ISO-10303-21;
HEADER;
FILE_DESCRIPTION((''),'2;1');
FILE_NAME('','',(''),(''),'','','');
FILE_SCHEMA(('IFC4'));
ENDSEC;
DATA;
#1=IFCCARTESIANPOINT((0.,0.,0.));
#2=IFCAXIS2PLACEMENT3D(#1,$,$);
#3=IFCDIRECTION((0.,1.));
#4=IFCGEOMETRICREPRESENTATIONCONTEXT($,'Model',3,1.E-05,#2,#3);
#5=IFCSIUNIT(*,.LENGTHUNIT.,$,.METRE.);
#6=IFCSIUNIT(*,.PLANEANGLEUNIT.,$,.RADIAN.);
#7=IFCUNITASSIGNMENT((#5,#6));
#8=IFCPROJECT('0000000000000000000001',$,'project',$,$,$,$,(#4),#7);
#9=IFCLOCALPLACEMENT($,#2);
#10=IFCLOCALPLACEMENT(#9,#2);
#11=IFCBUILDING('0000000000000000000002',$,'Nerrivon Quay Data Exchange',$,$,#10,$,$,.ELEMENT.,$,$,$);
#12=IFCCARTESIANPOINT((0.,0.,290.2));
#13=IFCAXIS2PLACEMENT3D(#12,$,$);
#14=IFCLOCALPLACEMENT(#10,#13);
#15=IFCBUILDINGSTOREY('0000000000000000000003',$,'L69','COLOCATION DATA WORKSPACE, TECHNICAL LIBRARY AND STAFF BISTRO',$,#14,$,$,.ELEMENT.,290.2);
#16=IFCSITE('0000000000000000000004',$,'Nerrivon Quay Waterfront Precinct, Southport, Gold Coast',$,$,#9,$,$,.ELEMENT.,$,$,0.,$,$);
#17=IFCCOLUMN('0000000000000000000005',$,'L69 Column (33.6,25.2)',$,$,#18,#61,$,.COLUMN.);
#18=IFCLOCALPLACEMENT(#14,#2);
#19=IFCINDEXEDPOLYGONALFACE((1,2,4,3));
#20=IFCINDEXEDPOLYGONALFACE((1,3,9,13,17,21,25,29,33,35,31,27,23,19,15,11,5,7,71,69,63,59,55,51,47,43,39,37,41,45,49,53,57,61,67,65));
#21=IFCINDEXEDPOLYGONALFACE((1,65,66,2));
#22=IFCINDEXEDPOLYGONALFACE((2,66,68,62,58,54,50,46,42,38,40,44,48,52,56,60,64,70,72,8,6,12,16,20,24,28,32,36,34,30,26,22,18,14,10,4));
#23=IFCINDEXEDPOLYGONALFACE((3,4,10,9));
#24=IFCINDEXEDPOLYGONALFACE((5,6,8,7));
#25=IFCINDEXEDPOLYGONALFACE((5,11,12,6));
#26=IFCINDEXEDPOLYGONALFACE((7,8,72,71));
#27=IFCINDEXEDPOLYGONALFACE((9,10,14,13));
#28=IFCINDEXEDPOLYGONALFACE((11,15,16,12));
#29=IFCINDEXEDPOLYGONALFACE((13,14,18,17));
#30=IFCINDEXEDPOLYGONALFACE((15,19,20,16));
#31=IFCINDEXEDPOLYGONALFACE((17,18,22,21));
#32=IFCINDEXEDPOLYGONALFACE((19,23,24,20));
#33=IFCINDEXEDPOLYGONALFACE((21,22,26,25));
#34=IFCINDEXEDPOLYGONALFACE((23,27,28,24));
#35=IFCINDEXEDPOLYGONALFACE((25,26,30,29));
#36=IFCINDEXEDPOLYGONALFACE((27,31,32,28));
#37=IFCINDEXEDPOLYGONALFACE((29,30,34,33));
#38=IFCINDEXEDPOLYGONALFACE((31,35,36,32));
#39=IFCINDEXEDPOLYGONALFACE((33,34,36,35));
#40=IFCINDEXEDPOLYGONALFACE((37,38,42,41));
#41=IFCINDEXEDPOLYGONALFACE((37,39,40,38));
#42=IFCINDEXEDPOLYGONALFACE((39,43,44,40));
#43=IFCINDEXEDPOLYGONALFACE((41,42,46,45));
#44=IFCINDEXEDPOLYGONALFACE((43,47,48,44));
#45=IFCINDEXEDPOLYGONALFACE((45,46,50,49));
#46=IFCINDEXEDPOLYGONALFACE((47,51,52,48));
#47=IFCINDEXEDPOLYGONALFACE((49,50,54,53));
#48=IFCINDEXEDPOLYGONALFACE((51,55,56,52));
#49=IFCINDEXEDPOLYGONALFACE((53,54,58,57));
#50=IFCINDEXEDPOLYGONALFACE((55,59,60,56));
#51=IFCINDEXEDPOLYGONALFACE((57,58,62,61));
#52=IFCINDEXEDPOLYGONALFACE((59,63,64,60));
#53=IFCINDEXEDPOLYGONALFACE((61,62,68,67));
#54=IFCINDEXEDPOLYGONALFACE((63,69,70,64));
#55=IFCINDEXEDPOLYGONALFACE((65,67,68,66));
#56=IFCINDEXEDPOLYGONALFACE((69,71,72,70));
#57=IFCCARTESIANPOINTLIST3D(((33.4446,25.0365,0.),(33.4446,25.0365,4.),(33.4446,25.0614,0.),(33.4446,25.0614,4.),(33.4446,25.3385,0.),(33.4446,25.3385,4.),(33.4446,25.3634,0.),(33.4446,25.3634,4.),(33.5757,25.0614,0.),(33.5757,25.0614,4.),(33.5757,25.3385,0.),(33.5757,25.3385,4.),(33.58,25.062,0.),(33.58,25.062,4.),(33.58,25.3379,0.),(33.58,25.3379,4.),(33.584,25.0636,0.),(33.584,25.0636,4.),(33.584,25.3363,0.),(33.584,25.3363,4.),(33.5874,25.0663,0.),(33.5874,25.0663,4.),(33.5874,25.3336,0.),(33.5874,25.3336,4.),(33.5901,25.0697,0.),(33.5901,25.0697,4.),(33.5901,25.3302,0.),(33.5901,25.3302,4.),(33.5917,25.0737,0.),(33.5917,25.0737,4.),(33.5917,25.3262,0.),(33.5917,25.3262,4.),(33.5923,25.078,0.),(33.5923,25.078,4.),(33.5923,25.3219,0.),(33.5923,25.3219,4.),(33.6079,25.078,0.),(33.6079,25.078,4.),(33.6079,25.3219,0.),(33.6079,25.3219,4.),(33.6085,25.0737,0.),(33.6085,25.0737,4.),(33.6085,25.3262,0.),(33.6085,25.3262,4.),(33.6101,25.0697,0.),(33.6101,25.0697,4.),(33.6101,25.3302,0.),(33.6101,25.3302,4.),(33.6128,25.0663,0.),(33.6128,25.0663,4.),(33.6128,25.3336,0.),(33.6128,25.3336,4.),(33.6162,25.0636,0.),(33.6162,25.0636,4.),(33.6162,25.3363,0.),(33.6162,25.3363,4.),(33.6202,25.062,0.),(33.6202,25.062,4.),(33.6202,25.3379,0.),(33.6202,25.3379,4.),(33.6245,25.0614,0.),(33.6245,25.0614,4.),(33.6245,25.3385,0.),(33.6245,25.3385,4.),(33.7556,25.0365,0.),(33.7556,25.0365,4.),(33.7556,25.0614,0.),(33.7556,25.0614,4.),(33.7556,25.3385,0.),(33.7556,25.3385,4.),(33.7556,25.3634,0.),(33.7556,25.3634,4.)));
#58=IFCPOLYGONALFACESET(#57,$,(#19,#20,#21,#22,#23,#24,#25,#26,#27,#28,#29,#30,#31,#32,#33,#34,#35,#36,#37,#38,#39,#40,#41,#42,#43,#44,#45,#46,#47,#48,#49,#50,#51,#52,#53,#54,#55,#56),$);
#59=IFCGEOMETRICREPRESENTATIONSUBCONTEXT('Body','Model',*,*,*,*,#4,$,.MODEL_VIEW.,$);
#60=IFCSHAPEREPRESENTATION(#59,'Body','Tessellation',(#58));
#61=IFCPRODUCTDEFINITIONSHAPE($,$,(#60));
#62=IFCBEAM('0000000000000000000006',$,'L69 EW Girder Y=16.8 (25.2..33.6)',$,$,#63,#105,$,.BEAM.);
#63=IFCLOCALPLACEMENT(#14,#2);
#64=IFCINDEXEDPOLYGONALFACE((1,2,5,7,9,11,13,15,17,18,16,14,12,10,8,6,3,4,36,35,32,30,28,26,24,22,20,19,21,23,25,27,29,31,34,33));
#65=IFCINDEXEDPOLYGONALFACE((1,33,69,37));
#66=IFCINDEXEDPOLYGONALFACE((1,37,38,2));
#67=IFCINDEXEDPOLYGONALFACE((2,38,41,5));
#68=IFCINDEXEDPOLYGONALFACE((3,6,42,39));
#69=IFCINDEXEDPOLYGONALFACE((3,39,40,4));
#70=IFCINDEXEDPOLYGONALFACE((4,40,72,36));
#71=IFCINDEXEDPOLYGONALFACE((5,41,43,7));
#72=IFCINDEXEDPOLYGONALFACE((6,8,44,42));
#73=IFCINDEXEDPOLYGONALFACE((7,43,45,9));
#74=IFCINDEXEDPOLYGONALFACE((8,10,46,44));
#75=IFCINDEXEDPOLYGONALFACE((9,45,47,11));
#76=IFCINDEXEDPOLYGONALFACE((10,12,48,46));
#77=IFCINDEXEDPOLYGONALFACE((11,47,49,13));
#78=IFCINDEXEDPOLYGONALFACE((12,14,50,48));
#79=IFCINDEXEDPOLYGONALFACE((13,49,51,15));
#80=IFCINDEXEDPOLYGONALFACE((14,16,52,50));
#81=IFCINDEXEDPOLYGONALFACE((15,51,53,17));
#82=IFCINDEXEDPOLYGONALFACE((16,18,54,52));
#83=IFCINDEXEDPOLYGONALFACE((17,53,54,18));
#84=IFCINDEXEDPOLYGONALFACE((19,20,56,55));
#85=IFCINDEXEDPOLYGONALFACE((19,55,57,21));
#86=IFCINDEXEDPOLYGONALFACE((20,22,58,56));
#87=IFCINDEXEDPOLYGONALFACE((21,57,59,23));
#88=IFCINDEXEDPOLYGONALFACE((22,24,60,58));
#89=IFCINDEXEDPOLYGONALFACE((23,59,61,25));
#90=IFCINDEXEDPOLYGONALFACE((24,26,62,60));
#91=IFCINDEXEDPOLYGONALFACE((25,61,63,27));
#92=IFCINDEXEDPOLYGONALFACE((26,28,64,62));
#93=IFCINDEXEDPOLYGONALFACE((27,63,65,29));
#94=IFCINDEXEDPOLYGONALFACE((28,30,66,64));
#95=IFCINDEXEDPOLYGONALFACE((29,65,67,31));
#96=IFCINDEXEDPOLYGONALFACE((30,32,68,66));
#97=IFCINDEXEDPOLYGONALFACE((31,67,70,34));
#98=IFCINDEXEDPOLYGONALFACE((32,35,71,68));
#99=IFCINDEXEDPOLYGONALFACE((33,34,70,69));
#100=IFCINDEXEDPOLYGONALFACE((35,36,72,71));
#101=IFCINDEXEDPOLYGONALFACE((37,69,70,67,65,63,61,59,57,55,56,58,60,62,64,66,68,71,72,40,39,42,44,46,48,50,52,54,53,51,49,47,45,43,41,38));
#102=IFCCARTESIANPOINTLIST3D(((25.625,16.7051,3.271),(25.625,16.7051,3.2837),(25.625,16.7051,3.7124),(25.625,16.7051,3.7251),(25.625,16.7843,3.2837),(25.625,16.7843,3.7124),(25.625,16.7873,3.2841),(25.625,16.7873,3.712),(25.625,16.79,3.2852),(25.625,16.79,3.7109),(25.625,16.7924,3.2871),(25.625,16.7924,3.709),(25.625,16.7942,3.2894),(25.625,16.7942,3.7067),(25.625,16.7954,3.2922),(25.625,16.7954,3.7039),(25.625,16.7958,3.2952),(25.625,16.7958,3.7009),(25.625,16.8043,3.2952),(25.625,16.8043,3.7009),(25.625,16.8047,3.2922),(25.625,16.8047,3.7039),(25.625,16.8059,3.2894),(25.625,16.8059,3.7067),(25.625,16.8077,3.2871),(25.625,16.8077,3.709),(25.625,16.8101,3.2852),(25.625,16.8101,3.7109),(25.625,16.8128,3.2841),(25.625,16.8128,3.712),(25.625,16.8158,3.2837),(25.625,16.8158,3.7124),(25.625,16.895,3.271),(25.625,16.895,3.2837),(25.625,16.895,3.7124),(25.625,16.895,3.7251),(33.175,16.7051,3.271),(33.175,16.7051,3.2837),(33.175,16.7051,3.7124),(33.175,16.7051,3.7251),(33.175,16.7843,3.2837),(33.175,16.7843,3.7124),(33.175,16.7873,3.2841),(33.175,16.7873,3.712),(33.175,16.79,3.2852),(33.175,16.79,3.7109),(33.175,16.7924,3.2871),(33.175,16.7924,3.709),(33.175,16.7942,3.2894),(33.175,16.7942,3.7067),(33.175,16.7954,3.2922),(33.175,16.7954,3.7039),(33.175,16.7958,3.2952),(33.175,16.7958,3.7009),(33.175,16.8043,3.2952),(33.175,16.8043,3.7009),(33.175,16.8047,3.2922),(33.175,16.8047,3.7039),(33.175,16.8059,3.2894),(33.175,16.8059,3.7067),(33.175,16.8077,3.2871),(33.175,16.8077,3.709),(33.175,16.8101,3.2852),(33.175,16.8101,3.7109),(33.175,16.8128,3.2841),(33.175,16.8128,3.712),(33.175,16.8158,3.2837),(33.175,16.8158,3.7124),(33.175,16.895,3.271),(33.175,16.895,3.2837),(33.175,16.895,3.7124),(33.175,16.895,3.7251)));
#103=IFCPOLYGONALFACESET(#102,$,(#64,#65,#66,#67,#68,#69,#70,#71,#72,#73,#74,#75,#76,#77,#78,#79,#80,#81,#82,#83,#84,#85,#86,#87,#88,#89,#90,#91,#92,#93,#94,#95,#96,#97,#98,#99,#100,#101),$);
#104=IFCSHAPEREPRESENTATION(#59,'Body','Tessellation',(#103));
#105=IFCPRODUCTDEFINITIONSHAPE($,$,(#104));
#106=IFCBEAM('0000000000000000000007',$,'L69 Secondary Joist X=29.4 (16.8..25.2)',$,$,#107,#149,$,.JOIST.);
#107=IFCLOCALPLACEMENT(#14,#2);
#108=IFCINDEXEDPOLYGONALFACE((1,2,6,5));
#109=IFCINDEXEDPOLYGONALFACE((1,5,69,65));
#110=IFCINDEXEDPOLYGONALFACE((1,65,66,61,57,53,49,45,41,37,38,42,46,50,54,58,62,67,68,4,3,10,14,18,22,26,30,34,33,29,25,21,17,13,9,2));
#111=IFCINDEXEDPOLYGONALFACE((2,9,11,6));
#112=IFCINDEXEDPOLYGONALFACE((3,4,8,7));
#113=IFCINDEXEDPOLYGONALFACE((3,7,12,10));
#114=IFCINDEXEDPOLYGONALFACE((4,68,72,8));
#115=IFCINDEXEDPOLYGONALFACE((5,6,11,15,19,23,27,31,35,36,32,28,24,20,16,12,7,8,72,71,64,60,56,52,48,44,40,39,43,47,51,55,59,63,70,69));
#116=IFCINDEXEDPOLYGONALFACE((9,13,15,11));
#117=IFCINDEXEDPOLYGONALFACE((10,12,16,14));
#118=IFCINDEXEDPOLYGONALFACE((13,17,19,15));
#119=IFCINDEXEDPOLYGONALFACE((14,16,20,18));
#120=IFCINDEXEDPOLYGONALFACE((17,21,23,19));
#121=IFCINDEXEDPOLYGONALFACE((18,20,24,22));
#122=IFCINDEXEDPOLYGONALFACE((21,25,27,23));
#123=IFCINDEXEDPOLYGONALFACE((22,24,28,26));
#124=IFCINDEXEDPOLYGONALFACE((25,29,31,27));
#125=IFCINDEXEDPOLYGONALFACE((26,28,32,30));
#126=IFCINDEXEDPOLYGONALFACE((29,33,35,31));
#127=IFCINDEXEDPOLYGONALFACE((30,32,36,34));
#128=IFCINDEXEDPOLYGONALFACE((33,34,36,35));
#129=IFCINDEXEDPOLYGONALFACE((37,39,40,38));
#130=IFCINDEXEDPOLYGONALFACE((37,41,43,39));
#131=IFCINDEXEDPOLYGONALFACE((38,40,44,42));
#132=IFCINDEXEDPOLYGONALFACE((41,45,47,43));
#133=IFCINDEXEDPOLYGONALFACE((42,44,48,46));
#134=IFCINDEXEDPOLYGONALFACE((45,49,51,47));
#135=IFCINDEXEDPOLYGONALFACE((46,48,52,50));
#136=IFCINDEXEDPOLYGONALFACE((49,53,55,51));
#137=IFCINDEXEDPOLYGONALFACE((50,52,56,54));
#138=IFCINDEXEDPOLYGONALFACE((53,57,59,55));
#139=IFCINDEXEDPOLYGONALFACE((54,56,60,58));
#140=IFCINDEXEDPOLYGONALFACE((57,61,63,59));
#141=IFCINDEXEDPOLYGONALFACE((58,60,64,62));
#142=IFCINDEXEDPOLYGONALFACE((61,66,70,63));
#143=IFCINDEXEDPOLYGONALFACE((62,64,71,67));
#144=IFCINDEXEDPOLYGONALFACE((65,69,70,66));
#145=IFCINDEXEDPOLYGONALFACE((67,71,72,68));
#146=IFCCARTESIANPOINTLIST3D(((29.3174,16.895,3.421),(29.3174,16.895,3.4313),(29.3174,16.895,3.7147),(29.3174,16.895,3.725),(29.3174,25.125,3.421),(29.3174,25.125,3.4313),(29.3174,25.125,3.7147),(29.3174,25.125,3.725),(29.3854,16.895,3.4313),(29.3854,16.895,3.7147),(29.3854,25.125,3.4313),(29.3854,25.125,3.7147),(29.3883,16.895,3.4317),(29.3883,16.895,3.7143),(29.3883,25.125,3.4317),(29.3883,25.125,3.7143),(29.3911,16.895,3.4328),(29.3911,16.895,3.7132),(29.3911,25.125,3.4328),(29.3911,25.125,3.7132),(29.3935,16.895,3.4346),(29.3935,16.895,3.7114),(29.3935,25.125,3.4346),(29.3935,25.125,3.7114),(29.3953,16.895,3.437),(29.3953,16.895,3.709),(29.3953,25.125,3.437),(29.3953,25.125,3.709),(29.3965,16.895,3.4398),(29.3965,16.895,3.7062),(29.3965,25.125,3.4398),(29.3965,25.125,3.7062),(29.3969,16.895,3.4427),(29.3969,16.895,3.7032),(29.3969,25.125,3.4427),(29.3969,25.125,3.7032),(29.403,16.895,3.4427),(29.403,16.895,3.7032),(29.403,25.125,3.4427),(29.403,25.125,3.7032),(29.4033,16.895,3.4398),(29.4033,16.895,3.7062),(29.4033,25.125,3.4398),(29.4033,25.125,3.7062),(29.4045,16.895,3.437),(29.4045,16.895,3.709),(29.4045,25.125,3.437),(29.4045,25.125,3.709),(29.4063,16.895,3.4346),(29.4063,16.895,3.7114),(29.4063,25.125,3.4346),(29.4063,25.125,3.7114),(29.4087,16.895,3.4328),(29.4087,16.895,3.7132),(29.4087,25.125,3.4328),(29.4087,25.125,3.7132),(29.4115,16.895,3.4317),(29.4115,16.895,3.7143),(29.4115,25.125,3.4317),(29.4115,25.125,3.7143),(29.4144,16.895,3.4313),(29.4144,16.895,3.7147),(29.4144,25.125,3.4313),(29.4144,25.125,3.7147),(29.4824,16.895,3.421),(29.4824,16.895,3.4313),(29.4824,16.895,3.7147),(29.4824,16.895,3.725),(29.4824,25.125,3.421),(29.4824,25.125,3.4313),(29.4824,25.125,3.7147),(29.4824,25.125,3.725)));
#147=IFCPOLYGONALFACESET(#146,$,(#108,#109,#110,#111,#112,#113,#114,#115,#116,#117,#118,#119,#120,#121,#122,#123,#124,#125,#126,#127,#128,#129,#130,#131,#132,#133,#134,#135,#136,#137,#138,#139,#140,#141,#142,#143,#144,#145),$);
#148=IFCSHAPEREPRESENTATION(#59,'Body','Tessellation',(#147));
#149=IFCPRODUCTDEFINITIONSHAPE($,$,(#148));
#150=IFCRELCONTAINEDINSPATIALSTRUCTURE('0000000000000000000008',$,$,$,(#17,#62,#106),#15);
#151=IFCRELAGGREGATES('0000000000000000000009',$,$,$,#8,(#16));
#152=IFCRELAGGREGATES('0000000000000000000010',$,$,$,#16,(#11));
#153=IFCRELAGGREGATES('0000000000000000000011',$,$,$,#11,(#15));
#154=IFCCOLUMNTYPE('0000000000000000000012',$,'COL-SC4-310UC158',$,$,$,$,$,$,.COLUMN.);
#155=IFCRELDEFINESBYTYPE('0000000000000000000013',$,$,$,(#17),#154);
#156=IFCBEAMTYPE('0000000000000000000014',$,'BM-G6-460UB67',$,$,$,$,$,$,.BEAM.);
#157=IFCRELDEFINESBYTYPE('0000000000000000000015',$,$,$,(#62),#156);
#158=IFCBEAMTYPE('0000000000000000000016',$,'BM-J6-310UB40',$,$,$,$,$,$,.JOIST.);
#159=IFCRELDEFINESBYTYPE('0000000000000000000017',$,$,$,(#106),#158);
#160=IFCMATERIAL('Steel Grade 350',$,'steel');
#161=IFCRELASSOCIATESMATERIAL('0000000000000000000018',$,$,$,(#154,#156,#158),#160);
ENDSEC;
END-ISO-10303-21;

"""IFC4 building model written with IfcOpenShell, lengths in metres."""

from ifc_helpers import new_model, si_unit, direction, frame, origin, origin_2d, place, context, subcontext, project, spatial, i_section, extrude, material, material_profile, profile_set, type_object, element, save


model = new_model("IFC4")

# Units and contexts
model_context = context("Model", 3, precision=1e-05, world=origin(), true_north=direction((0.0, 1.0)))
body_context = subcontext(model_context, "Body", "Model", "MODEL_VIEW")
ifc_project = project(units=[si_unit("LENGTHUNIT", "METRE"), si_unit("PLANEANGLEUNIT", "RADIAN")], contexts=[model_context])

# Site, building, storey
site_placement = place(None, origin())
site = spatial("IfcSite", under=ifc_project, at=site_placement, Name="Nerrivon Quay Waterfront Precinct, Southport, Gold Coast", CompositionType="ELEMENT", RefElevation=0.0)
building_placement = place(site_placement, origin())
building = spatial("IfcBuilding", under=site, at=building_placement, Name="Nerrivon Quay Data Exchange", CompositionType="ELEMENT")
storey_placement = place(building_placement, frame((0.0, 0.0, 290.2)))
storey = spatial("IfcBuildingStorey", under=building, at=storey_placement, Name="L69", Description="COLOCATION DATA WORKSPACE, TECHNICAL LIBRARY AND STAFF BISTRO", CompositionType="ELEMENT", Elevation=290.2)

# Column
ifc_material_1 = material(Name="Steel Grade 350", Category="steel")
ifc_material_profile_1 = material_profile(ifc_material_1, i_section(OverallWidth=0.311, OverallDepth=0.3269, WebThickness=0.0156, FlangeThickness=0.0249, FilletRadius=0.0166, at=origin_2d()), Name="310UC158")
ifc_profile_set_1 = profile_set([ifc_material_profile_1], Name="Steel Grade 350")
column_type = type_object("IfcColumnType", Name="COL-SC4-310UC158", PredefinedType="COLUMN", material=ifc_profile_set_1)
column_placement = place(storey_placement, frame((33.6001, 25.2, 0.0), z_axis=(0.0, 0.0, 1.0), x_axis=(1.0, 0.0, 0.0)))
element("IfcColumn", 1, at=column_placement, inside=storey, type_object=column_type, Name="L69 Column (33.6,25.2)", PredefinedType="COLUMN", context=body_context, shape_type="SweptSolid", body=[
    extrude(i_section(OverallWidth=0.311, OverallDepth=0.3269, WebThickness=0.0156, FlangeThickness=0.0249, FilletRadius=0.0166, at=origin_2d()), origin(), (0.0, 0.0, 1.0), 4.0),
])

# Beams
ifc_material_profile_2 = material_profile(ifc_material_1, i_section(OverallWidth=0.1899, OverallDepth=0.4541, WebThickness=0.0085, FlangeThickness=0.0127, FilletRadius=0.0115, at=origin_2d()), Name="460UB67.1")
ifc_profile_set_2 = profile_set([ifc_material_profile_2], Name="Steel Grade 350")
beam_type_1 = type_object("IfcBeamType", Name="BM-G6-460UB67", PredefinedType="BEAM", material=ifc_profile_set_2)
beam_1_placement = place(storey_placement, frame((25.625, 16.8, 3.498), z_axis=(1.0, 0.0, 0.0), x_axis=(0.0, 1.0, 0.0)))
element("IfcBeam", 2, at=beam_1_placement, inside=storey, type_object=beam_type_1, Name="L69 EW Girder Y=16.8 (25.2..33.6)", PredefinedType="BEAM", context=body_context, shape_type="SweptSolid", body=[
    extrude(i_section(OverallWidth=0.1899, OverallDepth=0.4541, WebThickness=0.0085, FlangeThickness=0.0127, FilletRadius=0.0115, at=origin_2d()), origin(), (0.0, 0.0, 1.0), 7.55),
])
ifc_material_profile_3 = material_profile(ifc_material_1, i_section(OverallWidth=0.165, OverallDepth=0.304, WebThickness=0.0061, FlangeThickness=0.0103, FilletRadius=0.0115, at=origin_2d()), Name="310UB40.4")
ifc_profile_set_3 = profile_set([ifc_material_profile_3], Name="Steel Grade 350")
beam_type_2 = type_object("IfcBeamType", Name="BM-J6-310UB40", PredefinedType="JOIST", material=ifc_profile_set_3)
beam_2_placement = place(storey_placement, frame((29.3999, 16.895, 3.573), z_axis=(0.0, 1.0, 0.0), x_axis=(-1.0, 0.0, 0.0)))
element("IfcBeam", 3, at=beam_2_placement, inside=storey, type_object=beam_type_2, Name="L69 Secondary Joist X=29.4 (16.8..25.2)", PredefinedType="JOIST", context=body_context, shape_type="SweptSolid", body=[
    extrude(i_section(OverallWidth=0.165, OverallDepth=0.304, WebThickness=0.0061, FlangeThickness=0.0103, FilletRadius=0.0115, at=origin_2d()), origin(), (0.0, 0.0, 1.0), 8.23),
])

save(model, "model.ifc")
